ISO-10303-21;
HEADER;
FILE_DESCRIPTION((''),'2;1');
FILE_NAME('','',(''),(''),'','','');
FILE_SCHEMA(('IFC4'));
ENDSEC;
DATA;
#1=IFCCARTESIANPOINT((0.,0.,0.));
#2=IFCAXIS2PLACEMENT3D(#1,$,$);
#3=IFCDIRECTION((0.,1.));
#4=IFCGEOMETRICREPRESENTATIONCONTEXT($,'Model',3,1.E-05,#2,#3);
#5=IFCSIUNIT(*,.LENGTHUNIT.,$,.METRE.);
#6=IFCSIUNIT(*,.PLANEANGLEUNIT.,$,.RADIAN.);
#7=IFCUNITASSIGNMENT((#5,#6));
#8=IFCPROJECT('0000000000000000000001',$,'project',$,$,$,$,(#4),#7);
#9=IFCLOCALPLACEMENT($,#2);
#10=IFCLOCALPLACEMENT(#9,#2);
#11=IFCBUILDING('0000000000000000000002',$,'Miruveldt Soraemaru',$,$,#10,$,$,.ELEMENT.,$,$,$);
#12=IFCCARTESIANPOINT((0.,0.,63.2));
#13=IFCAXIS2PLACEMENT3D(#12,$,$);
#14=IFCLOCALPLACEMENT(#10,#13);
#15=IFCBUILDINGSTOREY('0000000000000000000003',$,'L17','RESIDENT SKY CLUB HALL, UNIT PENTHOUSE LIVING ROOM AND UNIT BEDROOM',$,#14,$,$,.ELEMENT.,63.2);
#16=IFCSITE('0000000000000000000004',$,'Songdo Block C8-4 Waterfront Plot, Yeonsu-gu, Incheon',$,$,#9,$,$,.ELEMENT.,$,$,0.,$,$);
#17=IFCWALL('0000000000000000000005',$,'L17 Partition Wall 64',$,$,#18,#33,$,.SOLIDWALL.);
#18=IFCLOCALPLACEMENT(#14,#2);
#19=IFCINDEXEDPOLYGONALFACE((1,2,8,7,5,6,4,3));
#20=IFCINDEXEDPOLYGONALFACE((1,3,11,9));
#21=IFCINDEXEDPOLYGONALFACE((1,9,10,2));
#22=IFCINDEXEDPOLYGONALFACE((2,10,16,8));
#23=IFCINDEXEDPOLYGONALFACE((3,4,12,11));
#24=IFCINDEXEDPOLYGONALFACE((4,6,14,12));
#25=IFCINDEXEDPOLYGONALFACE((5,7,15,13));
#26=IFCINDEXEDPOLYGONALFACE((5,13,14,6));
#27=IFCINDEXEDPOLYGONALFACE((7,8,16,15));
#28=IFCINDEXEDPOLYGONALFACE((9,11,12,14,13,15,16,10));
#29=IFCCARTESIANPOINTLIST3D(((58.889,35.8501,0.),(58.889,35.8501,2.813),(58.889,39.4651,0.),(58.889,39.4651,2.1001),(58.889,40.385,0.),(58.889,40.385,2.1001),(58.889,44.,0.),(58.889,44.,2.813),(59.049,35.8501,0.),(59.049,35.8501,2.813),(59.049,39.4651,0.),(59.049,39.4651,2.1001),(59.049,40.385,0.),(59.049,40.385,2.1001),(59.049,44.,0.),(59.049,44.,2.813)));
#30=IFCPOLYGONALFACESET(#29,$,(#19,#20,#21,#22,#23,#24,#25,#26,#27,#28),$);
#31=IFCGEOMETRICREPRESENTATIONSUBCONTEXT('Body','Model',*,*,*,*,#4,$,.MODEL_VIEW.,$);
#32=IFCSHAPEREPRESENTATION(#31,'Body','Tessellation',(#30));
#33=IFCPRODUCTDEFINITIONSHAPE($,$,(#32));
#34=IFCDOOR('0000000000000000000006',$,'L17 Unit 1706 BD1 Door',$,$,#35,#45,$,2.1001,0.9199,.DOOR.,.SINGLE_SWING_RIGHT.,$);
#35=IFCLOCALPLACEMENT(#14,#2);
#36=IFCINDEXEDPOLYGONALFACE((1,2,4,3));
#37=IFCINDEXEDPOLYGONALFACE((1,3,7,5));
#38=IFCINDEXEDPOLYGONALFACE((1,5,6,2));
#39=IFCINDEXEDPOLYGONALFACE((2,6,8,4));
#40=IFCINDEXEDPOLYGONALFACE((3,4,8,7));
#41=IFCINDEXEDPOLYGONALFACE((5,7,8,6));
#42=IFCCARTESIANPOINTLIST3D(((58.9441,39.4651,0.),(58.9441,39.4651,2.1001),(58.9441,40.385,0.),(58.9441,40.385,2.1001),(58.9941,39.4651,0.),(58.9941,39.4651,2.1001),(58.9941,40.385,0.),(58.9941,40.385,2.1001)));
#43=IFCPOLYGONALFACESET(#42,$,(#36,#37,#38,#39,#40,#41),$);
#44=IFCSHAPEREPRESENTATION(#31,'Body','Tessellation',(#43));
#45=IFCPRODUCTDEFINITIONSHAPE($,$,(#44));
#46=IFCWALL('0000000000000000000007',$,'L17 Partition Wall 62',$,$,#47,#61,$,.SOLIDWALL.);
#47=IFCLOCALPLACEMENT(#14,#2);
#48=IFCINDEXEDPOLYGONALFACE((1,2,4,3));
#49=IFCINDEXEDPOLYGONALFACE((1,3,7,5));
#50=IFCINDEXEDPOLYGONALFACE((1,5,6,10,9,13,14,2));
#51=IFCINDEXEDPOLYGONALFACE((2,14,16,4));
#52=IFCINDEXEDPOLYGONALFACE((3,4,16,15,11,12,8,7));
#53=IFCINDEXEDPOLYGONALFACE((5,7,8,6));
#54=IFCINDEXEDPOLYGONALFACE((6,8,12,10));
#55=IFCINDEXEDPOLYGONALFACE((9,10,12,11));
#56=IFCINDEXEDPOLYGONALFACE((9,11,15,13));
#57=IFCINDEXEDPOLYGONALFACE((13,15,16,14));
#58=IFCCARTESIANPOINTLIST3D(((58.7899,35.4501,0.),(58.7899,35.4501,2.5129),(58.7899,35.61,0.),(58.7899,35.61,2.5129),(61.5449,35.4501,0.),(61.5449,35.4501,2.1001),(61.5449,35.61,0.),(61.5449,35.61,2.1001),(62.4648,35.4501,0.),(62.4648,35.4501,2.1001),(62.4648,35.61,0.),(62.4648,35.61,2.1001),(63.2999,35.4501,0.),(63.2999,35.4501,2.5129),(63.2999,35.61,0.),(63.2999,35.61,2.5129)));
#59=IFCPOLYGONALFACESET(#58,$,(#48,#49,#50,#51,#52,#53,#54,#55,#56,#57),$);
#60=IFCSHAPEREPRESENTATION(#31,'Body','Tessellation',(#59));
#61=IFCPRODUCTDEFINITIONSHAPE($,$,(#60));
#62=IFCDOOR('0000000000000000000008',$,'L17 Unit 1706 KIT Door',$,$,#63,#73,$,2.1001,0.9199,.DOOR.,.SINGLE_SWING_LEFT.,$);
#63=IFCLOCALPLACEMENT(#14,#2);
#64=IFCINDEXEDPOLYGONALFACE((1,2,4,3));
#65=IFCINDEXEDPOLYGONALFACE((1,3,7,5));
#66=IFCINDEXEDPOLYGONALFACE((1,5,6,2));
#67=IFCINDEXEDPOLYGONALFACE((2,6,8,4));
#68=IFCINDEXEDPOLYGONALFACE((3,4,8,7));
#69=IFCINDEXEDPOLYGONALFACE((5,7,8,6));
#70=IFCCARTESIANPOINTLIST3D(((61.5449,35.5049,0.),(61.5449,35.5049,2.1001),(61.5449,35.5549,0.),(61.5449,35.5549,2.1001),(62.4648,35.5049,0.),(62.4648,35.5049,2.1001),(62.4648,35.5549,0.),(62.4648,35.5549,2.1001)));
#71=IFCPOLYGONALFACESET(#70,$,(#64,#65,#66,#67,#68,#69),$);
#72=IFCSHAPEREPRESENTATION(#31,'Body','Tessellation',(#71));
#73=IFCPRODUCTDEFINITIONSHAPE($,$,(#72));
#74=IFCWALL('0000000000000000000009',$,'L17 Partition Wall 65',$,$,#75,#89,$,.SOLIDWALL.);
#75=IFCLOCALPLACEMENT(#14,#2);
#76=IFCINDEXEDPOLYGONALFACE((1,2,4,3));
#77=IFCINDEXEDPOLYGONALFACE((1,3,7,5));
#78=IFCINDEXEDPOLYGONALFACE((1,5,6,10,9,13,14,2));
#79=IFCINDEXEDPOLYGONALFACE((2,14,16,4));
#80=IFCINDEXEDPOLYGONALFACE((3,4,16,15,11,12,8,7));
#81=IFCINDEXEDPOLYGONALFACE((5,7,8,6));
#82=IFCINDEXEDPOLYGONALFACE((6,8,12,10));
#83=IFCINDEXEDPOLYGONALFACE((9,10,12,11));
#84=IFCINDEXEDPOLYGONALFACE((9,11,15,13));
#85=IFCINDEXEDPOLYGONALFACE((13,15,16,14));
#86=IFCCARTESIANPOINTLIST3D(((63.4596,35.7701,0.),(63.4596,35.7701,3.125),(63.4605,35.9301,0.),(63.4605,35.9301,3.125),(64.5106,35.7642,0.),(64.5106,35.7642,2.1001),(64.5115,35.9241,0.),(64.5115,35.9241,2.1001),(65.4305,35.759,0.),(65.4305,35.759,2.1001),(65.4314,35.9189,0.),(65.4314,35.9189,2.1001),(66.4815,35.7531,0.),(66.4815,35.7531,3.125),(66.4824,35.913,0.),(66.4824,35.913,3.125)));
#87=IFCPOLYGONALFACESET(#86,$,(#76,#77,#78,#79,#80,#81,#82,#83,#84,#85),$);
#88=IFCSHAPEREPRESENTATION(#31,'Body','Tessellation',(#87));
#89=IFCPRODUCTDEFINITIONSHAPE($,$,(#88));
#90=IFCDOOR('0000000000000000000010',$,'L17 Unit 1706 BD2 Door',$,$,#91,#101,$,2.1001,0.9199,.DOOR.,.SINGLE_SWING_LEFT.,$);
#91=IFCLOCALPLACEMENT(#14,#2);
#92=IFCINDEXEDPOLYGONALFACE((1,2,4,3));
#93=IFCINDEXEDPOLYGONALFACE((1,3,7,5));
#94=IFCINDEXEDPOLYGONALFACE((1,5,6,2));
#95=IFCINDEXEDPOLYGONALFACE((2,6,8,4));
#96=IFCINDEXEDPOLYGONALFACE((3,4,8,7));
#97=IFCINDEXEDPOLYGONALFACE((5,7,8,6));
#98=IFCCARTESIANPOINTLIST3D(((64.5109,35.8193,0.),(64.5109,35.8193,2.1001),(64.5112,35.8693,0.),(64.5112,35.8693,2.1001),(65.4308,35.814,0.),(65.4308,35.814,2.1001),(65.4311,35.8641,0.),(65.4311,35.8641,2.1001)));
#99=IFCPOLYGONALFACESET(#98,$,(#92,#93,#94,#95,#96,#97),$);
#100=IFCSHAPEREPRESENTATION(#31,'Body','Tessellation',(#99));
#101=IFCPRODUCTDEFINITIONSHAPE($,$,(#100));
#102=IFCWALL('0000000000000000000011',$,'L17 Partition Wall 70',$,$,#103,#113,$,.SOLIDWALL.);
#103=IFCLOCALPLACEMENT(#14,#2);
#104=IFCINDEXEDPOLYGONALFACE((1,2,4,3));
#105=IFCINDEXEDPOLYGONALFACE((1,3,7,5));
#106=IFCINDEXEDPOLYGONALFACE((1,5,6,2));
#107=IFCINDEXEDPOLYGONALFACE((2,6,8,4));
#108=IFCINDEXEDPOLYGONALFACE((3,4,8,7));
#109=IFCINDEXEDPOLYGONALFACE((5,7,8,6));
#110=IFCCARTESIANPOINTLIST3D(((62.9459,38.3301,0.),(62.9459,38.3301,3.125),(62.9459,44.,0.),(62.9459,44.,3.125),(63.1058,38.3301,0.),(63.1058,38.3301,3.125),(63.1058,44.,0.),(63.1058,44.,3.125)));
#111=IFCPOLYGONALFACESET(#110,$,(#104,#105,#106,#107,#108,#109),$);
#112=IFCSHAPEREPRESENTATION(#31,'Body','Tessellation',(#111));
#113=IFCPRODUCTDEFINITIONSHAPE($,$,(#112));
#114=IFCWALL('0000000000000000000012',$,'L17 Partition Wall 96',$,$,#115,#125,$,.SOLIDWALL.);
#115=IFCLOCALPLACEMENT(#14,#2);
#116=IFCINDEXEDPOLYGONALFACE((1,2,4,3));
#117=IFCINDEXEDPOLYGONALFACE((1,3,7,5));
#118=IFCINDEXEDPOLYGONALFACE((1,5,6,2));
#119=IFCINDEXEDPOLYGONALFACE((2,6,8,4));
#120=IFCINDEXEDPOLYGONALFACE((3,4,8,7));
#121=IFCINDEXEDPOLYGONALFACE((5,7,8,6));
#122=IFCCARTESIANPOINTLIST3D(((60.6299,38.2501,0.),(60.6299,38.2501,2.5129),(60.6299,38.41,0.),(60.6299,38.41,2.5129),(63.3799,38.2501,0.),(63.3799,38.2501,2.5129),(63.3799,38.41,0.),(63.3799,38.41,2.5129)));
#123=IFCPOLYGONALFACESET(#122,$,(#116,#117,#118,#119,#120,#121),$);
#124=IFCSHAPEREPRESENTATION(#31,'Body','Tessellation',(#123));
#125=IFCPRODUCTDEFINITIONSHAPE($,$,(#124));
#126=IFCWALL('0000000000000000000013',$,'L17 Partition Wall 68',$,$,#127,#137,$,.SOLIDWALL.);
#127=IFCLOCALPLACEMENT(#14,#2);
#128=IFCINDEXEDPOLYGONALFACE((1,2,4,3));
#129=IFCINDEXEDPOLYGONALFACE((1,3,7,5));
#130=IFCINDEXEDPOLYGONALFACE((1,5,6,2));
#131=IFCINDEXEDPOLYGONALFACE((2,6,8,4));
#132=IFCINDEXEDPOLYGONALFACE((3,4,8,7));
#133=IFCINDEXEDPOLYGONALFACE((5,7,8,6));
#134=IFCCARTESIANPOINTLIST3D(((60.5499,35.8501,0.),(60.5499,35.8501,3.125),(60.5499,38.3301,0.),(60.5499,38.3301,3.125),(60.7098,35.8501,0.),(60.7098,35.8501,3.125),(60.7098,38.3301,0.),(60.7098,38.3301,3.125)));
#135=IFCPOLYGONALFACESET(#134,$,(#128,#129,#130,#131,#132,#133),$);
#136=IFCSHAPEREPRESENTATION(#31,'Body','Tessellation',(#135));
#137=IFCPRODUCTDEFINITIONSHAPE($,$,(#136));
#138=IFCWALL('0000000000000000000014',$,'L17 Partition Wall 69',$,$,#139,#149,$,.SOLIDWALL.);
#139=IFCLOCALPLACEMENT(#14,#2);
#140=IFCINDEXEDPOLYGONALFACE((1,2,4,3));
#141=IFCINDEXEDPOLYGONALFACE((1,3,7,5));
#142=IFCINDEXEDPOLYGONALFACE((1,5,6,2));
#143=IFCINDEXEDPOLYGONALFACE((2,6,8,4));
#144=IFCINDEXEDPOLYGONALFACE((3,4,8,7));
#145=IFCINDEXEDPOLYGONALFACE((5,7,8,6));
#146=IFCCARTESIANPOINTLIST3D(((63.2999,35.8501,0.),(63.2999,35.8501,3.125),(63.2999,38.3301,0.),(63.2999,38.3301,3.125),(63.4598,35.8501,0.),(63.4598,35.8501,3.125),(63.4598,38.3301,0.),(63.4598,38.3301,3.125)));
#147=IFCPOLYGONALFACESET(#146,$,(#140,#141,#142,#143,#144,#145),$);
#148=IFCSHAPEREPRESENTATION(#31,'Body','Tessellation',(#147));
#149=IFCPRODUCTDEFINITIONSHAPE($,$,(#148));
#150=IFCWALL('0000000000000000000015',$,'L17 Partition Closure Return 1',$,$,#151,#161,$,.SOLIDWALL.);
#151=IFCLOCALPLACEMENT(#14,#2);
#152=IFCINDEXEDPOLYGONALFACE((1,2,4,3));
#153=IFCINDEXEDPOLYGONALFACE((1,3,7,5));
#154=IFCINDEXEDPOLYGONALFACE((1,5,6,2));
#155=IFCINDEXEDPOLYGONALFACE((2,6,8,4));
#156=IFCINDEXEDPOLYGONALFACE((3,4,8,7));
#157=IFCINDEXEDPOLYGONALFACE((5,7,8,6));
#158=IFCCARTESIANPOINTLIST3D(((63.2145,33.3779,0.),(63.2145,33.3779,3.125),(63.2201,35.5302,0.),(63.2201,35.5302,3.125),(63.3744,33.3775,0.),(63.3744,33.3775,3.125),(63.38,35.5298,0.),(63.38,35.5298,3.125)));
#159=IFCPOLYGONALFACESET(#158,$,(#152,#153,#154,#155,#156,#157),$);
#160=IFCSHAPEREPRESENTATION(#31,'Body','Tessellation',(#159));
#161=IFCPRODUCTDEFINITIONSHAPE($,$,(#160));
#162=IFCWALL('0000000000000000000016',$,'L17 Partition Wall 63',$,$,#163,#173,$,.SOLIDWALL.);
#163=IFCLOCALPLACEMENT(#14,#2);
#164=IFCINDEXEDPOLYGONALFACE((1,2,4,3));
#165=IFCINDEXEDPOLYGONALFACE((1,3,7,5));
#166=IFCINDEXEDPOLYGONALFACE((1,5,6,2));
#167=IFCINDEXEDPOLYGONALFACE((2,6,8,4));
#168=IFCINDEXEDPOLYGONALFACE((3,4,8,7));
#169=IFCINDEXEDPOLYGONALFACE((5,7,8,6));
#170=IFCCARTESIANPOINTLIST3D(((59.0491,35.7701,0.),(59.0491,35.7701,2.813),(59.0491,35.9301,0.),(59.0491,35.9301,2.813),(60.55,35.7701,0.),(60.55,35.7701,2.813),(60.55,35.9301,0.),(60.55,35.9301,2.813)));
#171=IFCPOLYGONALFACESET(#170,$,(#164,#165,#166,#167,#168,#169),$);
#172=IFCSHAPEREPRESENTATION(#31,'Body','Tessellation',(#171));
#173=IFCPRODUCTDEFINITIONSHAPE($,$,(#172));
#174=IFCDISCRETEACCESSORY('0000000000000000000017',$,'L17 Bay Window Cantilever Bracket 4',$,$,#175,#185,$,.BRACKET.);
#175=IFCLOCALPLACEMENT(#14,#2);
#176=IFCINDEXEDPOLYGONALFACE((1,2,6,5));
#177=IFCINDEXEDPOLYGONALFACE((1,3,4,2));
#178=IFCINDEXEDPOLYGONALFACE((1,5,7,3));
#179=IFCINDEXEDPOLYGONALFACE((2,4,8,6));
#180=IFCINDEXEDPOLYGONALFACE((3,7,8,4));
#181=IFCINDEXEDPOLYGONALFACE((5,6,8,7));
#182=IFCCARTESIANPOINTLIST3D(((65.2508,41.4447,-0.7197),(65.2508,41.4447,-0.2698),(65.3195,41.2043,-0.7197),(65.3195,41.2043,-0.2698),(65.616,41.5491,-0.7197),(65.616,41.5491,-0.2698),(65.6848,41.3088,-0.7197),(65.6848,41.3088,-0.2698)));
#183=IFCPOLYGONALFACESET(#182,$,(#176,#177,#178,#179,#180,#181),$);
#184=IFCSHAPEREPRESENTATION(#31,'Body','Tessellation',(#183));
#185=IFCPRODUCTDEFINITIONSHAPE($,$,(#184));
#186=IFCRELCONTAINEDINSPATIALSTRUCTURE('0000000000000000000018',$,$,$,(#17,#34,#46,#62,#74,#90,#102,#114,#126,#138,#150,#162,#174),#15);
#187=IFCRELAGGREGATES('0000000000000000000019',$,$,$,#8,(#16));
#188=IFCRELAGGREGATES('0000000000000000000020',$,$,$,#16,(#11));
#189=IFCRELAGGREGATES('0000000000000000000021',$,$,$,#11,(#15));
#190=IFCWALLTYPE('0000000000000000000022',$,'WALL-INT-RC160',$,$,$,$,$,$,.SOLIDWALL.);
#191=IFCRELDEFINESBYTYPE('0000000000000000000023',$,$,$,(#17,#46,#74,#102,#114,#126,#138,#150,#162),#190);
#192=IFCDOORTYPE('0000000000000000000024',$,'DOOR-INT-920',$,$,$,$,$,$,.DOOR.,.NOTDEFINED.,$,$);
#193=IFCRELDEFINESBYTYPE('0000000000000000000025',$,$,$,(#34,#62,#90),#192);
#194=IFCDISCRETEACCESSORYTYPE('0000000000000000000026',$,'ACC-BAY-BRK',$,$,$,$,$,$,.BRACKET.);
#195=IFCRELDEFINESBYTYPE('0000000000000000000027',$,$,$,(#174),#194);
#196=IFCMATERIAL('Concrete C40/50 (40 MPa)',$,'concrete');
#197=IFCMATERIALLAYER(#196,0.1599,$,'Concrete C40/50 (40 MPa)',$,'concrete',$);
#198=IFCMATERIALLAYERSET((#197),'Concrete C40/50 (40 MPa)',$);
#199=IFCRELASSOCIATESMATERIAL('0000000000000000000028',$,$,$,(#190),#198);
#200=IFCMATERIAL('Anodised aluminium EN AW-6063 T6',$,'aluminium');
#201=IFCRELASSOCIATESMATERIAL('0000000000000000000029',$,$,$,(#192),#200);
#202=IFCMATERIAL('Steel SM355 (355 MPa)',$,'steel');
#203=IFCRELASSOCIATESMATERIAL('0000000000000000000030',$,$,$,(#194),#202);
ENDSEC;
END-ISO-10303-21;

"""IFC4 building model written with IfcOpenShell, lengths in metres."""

from ifc_helpers import new_model, si_unit, direction, frame, frame_2d, origin, origin_2d, place, context, subcontext, project, spatial, rectangle, extrude, material, layer, layer_set, type_object, element, fill, save


model = new_model("IFC4")

# Units and contexts
model_context = context("Model", 3, precision=1e-05, world=origin(), true_north=direction((0.0, 1.0)))
body_context = subcontext(model_context, "Body", "Model", "MODEL_VIEW")
ifc_project = project(units=[si_unit("LENGTHUNIT", "METRE"), si_unit("PLANEANGLEUNIT", "RADIAN")], contexts=[model_context])

# Site, building, storey
site_placement = place(None, origin())
site = spatial("IfcSite", under=ifc_project, at=site_placement, Name="Songdo Block C8-4 Waterfront Plot, Yeonsu-gu, Incheon", CompositionType="ELEMENT", RefElevation=0.0)
building_placement = place(site_placement, origin())
building = spatial("IfcBuilding", under=site, at=building_placement, Name="Miruveldt Soraemaru", CompositionType="ELEMENT")
storey_placement = place(building_placement, frame((0.0, 0.0, 63.2)))
storey = spatial("IfcBuildingStorey", under=building, at=storey_placement, Name="L17", Description="RESIDENT SKY CLUB HALL, UNIT PENTHOUSE LIVING ROOM AND UNIT BEDROOM", CompositionType="ELEMENT", Elevation=63.2)

# Shared definitions
ifc_material_1 = material(Name="Steel SM355 (355 MPa)", Category="steel")

# Shared definitions
ifc_material_2 = material(Name="Anodised aluminium EN AW-6063 T6", Category="aluminium")

# Walls, openings, doors
ifc_material_3 = material(Name="Concrete C40/50 (40 MPa)", Category="concrete")
ifc_layer_1 = layer(ifc_material_3, 0.1599, Name="Concrete C40/50 (40 MPa)", Category="concrete")
ifc_layer_set_1 = layer_set([ifc_layer_1], Name="Concrete C40/50 (40 MPa)")
wall_type_1 = type_object("IfcWallType", Name="WALL-INT-RC160", PredefinedType="SOLIDWALL", material=ifc_layer_set_1)
wall_1_placement = place(storey_placement, frame((58.969, 35.8501, 0.0), z_axis=(0.0, 0.0, 1.0), x_axis=(0.0, 1.0, 0.0)))
wall_1 = element("IfcWall", 1, at=wall_1_placement, inside=storey, type_object=wall_type_1, Name="L17 Partition Wall 64", PredefinedType="SOLIDWALL", context=body_context, shape_type="SweptSolid", body=[
    extrude(rectangle(XDim=8.1499, YDim=0.1599, at=frame_2d((4.075, 0.0))), origin(), (0.0, 0.0, 1.0), 2.813),
])
opening_1_placement = place(wall_1_placement, frame((3.615, 0.0, 0.0)))
opening_1 = element("IfcOpeningElement", 2, at=opening_1_placement, cuts=wall_1, PredefinedType="OPENING", context=body_context, shape_type="SweptSolid", body=[
    extrude(rectangle(XDim=0.9199, YDim=2.1001, at=frame_2d((0.46, 1.05))), frame((0.0, 0.0898, 0.0), z_axis=(0.0, -1.0, 0.0), x_axis=(1.0, 0.0, 0.0)), (0.0, 0.0, 1.0), 0.1799),
])
door_type_1 = type_object("IfcDoorType", Name="DOOR-INT-920", OperationType="NOTDEFINED", PredefinedType="DOOR", material=ifc_material_2)
door_1_placement = place(opening_1_placement, origin())
door_1 = element("IfcDoor", 3, at=door_1_placement, inside=storey, type_object=door_type_1, Name="L17 Unit 1706 BD1 Door", OperationType="SINGLE_SWING_RIGHT", OverallHeight=2.1001, OverallWidth=0.9199, PredefinedType="DOOR", context=body_context, shape_type="SweptSolid", body=[
    extrude(rectangle(XDim=0.9199, YDim=2.1001, at=frame_2d((0.46, 1.05))), frame((0.0, 0.0249, 0.0), z_axis=(0.0, -1.0, 0.0), x_axis=(1.0, 0.0, 0.0)), (0.0, 0.0, 1.0), 0.05),
])
fill(opening_1, door_1)
wall_2_placement = place(storey_placement, frame((58.79, 35.53, 0.0), z_axis=(0.0, 0.0, 1.0), x_axis=(1.0, 0.0, 0.0)))
wall_2 = element("IfcWall", 4, at=wall_2_placement, inside=storey, type_object=wall_type_1, Name="L17 Partition Wall 62", PredefinedType="SOLIDWALL", context=body_context, shape_type="SweptSolid", body=[
    extrude(rectangle(XDim=4.51, YDim=0.1599, at=frame_2d((2.2549, 0.0))), origin(), (0.0, 0.0, 1.0), 2.5129),
])
opening_2_placement = place(wall_2_placement, frame((2.7549, 0.0, 0.0)))
opening_2 = element("IfcOpeningElement", 5, at=opening_2_placement, cuts=wall_2, PredefinedType="OPENING", context=body_context, shape_type="SweptSolid", body=[
    extrude(rectangle(XDim=0.9199, YDim=2.1001, at=frame_2d((0.46, 1.05))), frame((0.0, 0.0898, 0.0), z_axis=(0.0, -1.0, 0.0), x_axis=(1.0, 0.0, 0.0)), (0.0, 0.0, 1.0), 0.1799),
])
door_2_placement = place(opening_2_placement, origin())
door_2 = element("IfcDoor", 6, at=door_2_placement, inside=storey, type_object=door_type_1, Name="L17 Unit 1706 KIT Door", OperationType="SINGLE_SWING_LEFT", OverallHeight=2.1001, OverallWidth=0.9199, PredefinedType="DOOR", context=body_context, shape_type="SweptSolid", body=[
    extrude(rectangle(XDim=0.9199, YDim=2.1001, at=frame_2d((0.46, 1.05))), frame((0.0, 0.0249, 0.0), z_axis=(0.0, -1.0, 0.0), x_axis=(1.0, 0.0, 0.0)), (0.0, 0.0, 1.0), 0.05),
])
fill(opening_2, door_2)
wall_3_placement = place(storey_placement, frame((66.4819, 35.833, 0.0), z_axis=(0.0, 0.0, 1.0), x_axis=(-0.999984, 0.005655, 0.0)))
wall_3 = element("IfcWall", 7, at=wall_3_placement, inside=storey, type_object=wall_type_1, Name="L17 Partition Wall 65", PredefinedType="SOLIDWALL", context=body_context, shape_type="SweptSolid", body=[
    extrude(rectangle(XDim=3.022, YDim=0.1599, at=frame_2d((1.511, 0.0))), origin(), (0.0, 0.0, 1.0), 3.125),
])
opening_3_placement = place(wall_3_placement, frame((1.051, 0.0, 0.0)))
opening_3 = element("IfcOpeningElement", 8, at=opening_3_placement, cuts=wall_3, PredefinedType="OPENING", context=body_context, shape_type="SweptSolid", body=[
    extrude(rectangle(XDim=0.9199, YDim=2.1001, at=frame_2d((0.46, 1.05))), frame((0.0, 0.0898, 0.0), z_axis=(0.0, -1.0, 0.0), x_axis=(1.0, 0.0, 0.0)), (0.0, 0.0, 1.0), 0.1799),
])
door_3_placement = place(opening_3_placement, origin())
door_3 = element("IfcDoor", 9, at=door_3_placement, inside=storey, type_object=door_type_1, Name="L17 Unit 1706 BD2 Door", OperationType="SINGLE_SWING_LEFT", OverallHeight=2.1001, OverallWidth=0.9199, PredefinedType="DOOR", context=body_context, shape_type="SweptSolid", body=[
    extrude(rectangle(XDim=0.9199, YDim=2.1001, at=frame_2d((0.46, 1.05))), frame((0.0, 0.0249, 0.0), z_axis=(0.0, -1.0, 0.0), x_axis=(1.0, 0.0, 0.0)), (0.0, 0.0, 1.0), 0.05),
])
fill(opening_3, door_3)

# Walls
wall_4_placement = place(storey_placement, frame((63.0259, 38.3301, 0.0), z_axis=(0.0, 0.0, 1.0), x_axis=(0.0, 1.0, 0.0)))
element("IfcWall", 10, at=wall_4_placement, inside=storey, type_object=wall_type_1, Name="L17 Partition Wall 70", PredefinedType="SOLIDWALL", context=body_context, shape_type="SweptSolid", body=[
    extrude(rectangle(XDim=5.6699, YDim=0.1599, at=frame_2d((2.835, 0.0))), origin(), (0.0, 0.0, 1.0), 3.125),
])
wall_5_placement = place(storey_placement, frame((63.3799, 38.3301, 0.0), z_axis=(0.0, 0.0, 1.0), x_axis=(-1.0, 0.0, 0.0)))
element("IfcWall", 11, at=wall_5_placement, inside=storey, type_object=wall_type_1, Name="L17 Partition Wall 96", PredefinedType="SOLIDWALL", context=body_context, shape_type="SweptSolid", body=[
    extrude(rectangle(XDim=2.75, YDim=0.1599, at=frame_2d((1.375, 0.0))), origin(), (0.0, 0.0, 1.0), 2.5129),
])
for number, where, z_axis, x_axis, name in (
    (12, (60.6299, 38.3301, 0.0), (0.0, 0.0, 1.0), (0.0, -1.0, 0.0), "L17 Partition Wall 68"),
    (13, (63.3799, 35.8501, 0.0), (0.0, 0.0, 1.0), (0.0, 1.0, 0.0), "L17 Partition Wall 69"),
):
    element("IfcWall", number, at=place(storey_placement, frame(where, z_axis=z_axis, x_axis=x_axis)), inside=storey, type_object=wall_type_1, Name=name, PredefinedType="SOLIDWALL", context=body_context, shape_type="SweptSolid", body=[
        extrude(rectangle(XDim=2.48, YDim=0.1599, at=frame_2d((1.24, 0.0))), origin(), (0.0, 0.0, 1.0), 3.125),
    ])
wall_6_placement = place(storey_placement, frame((63.3, 35.53, 0.0), z_axis=(0.0, 0.0, 1.0), x_axis=(-0.002609, -0.999997, 0.0)))
element("IfcWall", 14, at=wall_6_placement, inside=storey, type_object=wall_type_1, Name="L17 Partition Closure Return 1", PredefinedType="SOLIDWALL", context=body_context, shape_type="SweptSolid", body=[
    extrude(rectangle(XDim=2.1523, YDim=0.1599, at=frame_2d((1.0762, 0.0))), origin(), (0.0, 0.0, 1.0), 3.125),
])
wall_7_placement = place(storey_placement, frame((60.55, 35.8501, 0.0), z_axis=(0.0, 0.0, 1.0), x_axis=(-1.0, 0.0, 0.0)))
element("IfcWall", 15, at=wall_7_placement, inside=storey, type_object=wall_type_1, Name="L17 Partition Wall 63", PredefinedType="SOLIDWALL", context=body_context, shape_type="SweptSolid", body=[
    extrude(rectangle(XDim=1.501, YDim=0.1599, at=frame_2d((0.7505, 0.0))), origin(), (0.0, 0.0, 1.0), 2.813),
])

# Discrete accessory
discrete_accessory_type = type_object("IfcDiscreteAccessoryType", Name="ACC-BAY-BRK", PredefinedType="BRACKET", material=ifc_material_1)
discrete_accessory_placement = place(storey_placement, frame((65.4678, 41.3767, -0.7197), z_axis=(0.0, 0.0, 1.0), x_axis=(0.961449, 0.274983, 0.0)))
element("IfcDiscreteAccessory", 16, at=discrete_accessory_placement, inside=storey, type_object=discrete_accessory_type, Name="L17 Bay Window Cantilever Bracket 4", PredefinedType="BRACKET", context=body_context, shape_type="SweptSolid", body=[
    extrude(rectangle(XDim=0.3799, YDim=0.25, at=origin_2d()), origin(), (0.0, 0.0, 1.0), 0.45),
])

save(model, "model.ifc")
